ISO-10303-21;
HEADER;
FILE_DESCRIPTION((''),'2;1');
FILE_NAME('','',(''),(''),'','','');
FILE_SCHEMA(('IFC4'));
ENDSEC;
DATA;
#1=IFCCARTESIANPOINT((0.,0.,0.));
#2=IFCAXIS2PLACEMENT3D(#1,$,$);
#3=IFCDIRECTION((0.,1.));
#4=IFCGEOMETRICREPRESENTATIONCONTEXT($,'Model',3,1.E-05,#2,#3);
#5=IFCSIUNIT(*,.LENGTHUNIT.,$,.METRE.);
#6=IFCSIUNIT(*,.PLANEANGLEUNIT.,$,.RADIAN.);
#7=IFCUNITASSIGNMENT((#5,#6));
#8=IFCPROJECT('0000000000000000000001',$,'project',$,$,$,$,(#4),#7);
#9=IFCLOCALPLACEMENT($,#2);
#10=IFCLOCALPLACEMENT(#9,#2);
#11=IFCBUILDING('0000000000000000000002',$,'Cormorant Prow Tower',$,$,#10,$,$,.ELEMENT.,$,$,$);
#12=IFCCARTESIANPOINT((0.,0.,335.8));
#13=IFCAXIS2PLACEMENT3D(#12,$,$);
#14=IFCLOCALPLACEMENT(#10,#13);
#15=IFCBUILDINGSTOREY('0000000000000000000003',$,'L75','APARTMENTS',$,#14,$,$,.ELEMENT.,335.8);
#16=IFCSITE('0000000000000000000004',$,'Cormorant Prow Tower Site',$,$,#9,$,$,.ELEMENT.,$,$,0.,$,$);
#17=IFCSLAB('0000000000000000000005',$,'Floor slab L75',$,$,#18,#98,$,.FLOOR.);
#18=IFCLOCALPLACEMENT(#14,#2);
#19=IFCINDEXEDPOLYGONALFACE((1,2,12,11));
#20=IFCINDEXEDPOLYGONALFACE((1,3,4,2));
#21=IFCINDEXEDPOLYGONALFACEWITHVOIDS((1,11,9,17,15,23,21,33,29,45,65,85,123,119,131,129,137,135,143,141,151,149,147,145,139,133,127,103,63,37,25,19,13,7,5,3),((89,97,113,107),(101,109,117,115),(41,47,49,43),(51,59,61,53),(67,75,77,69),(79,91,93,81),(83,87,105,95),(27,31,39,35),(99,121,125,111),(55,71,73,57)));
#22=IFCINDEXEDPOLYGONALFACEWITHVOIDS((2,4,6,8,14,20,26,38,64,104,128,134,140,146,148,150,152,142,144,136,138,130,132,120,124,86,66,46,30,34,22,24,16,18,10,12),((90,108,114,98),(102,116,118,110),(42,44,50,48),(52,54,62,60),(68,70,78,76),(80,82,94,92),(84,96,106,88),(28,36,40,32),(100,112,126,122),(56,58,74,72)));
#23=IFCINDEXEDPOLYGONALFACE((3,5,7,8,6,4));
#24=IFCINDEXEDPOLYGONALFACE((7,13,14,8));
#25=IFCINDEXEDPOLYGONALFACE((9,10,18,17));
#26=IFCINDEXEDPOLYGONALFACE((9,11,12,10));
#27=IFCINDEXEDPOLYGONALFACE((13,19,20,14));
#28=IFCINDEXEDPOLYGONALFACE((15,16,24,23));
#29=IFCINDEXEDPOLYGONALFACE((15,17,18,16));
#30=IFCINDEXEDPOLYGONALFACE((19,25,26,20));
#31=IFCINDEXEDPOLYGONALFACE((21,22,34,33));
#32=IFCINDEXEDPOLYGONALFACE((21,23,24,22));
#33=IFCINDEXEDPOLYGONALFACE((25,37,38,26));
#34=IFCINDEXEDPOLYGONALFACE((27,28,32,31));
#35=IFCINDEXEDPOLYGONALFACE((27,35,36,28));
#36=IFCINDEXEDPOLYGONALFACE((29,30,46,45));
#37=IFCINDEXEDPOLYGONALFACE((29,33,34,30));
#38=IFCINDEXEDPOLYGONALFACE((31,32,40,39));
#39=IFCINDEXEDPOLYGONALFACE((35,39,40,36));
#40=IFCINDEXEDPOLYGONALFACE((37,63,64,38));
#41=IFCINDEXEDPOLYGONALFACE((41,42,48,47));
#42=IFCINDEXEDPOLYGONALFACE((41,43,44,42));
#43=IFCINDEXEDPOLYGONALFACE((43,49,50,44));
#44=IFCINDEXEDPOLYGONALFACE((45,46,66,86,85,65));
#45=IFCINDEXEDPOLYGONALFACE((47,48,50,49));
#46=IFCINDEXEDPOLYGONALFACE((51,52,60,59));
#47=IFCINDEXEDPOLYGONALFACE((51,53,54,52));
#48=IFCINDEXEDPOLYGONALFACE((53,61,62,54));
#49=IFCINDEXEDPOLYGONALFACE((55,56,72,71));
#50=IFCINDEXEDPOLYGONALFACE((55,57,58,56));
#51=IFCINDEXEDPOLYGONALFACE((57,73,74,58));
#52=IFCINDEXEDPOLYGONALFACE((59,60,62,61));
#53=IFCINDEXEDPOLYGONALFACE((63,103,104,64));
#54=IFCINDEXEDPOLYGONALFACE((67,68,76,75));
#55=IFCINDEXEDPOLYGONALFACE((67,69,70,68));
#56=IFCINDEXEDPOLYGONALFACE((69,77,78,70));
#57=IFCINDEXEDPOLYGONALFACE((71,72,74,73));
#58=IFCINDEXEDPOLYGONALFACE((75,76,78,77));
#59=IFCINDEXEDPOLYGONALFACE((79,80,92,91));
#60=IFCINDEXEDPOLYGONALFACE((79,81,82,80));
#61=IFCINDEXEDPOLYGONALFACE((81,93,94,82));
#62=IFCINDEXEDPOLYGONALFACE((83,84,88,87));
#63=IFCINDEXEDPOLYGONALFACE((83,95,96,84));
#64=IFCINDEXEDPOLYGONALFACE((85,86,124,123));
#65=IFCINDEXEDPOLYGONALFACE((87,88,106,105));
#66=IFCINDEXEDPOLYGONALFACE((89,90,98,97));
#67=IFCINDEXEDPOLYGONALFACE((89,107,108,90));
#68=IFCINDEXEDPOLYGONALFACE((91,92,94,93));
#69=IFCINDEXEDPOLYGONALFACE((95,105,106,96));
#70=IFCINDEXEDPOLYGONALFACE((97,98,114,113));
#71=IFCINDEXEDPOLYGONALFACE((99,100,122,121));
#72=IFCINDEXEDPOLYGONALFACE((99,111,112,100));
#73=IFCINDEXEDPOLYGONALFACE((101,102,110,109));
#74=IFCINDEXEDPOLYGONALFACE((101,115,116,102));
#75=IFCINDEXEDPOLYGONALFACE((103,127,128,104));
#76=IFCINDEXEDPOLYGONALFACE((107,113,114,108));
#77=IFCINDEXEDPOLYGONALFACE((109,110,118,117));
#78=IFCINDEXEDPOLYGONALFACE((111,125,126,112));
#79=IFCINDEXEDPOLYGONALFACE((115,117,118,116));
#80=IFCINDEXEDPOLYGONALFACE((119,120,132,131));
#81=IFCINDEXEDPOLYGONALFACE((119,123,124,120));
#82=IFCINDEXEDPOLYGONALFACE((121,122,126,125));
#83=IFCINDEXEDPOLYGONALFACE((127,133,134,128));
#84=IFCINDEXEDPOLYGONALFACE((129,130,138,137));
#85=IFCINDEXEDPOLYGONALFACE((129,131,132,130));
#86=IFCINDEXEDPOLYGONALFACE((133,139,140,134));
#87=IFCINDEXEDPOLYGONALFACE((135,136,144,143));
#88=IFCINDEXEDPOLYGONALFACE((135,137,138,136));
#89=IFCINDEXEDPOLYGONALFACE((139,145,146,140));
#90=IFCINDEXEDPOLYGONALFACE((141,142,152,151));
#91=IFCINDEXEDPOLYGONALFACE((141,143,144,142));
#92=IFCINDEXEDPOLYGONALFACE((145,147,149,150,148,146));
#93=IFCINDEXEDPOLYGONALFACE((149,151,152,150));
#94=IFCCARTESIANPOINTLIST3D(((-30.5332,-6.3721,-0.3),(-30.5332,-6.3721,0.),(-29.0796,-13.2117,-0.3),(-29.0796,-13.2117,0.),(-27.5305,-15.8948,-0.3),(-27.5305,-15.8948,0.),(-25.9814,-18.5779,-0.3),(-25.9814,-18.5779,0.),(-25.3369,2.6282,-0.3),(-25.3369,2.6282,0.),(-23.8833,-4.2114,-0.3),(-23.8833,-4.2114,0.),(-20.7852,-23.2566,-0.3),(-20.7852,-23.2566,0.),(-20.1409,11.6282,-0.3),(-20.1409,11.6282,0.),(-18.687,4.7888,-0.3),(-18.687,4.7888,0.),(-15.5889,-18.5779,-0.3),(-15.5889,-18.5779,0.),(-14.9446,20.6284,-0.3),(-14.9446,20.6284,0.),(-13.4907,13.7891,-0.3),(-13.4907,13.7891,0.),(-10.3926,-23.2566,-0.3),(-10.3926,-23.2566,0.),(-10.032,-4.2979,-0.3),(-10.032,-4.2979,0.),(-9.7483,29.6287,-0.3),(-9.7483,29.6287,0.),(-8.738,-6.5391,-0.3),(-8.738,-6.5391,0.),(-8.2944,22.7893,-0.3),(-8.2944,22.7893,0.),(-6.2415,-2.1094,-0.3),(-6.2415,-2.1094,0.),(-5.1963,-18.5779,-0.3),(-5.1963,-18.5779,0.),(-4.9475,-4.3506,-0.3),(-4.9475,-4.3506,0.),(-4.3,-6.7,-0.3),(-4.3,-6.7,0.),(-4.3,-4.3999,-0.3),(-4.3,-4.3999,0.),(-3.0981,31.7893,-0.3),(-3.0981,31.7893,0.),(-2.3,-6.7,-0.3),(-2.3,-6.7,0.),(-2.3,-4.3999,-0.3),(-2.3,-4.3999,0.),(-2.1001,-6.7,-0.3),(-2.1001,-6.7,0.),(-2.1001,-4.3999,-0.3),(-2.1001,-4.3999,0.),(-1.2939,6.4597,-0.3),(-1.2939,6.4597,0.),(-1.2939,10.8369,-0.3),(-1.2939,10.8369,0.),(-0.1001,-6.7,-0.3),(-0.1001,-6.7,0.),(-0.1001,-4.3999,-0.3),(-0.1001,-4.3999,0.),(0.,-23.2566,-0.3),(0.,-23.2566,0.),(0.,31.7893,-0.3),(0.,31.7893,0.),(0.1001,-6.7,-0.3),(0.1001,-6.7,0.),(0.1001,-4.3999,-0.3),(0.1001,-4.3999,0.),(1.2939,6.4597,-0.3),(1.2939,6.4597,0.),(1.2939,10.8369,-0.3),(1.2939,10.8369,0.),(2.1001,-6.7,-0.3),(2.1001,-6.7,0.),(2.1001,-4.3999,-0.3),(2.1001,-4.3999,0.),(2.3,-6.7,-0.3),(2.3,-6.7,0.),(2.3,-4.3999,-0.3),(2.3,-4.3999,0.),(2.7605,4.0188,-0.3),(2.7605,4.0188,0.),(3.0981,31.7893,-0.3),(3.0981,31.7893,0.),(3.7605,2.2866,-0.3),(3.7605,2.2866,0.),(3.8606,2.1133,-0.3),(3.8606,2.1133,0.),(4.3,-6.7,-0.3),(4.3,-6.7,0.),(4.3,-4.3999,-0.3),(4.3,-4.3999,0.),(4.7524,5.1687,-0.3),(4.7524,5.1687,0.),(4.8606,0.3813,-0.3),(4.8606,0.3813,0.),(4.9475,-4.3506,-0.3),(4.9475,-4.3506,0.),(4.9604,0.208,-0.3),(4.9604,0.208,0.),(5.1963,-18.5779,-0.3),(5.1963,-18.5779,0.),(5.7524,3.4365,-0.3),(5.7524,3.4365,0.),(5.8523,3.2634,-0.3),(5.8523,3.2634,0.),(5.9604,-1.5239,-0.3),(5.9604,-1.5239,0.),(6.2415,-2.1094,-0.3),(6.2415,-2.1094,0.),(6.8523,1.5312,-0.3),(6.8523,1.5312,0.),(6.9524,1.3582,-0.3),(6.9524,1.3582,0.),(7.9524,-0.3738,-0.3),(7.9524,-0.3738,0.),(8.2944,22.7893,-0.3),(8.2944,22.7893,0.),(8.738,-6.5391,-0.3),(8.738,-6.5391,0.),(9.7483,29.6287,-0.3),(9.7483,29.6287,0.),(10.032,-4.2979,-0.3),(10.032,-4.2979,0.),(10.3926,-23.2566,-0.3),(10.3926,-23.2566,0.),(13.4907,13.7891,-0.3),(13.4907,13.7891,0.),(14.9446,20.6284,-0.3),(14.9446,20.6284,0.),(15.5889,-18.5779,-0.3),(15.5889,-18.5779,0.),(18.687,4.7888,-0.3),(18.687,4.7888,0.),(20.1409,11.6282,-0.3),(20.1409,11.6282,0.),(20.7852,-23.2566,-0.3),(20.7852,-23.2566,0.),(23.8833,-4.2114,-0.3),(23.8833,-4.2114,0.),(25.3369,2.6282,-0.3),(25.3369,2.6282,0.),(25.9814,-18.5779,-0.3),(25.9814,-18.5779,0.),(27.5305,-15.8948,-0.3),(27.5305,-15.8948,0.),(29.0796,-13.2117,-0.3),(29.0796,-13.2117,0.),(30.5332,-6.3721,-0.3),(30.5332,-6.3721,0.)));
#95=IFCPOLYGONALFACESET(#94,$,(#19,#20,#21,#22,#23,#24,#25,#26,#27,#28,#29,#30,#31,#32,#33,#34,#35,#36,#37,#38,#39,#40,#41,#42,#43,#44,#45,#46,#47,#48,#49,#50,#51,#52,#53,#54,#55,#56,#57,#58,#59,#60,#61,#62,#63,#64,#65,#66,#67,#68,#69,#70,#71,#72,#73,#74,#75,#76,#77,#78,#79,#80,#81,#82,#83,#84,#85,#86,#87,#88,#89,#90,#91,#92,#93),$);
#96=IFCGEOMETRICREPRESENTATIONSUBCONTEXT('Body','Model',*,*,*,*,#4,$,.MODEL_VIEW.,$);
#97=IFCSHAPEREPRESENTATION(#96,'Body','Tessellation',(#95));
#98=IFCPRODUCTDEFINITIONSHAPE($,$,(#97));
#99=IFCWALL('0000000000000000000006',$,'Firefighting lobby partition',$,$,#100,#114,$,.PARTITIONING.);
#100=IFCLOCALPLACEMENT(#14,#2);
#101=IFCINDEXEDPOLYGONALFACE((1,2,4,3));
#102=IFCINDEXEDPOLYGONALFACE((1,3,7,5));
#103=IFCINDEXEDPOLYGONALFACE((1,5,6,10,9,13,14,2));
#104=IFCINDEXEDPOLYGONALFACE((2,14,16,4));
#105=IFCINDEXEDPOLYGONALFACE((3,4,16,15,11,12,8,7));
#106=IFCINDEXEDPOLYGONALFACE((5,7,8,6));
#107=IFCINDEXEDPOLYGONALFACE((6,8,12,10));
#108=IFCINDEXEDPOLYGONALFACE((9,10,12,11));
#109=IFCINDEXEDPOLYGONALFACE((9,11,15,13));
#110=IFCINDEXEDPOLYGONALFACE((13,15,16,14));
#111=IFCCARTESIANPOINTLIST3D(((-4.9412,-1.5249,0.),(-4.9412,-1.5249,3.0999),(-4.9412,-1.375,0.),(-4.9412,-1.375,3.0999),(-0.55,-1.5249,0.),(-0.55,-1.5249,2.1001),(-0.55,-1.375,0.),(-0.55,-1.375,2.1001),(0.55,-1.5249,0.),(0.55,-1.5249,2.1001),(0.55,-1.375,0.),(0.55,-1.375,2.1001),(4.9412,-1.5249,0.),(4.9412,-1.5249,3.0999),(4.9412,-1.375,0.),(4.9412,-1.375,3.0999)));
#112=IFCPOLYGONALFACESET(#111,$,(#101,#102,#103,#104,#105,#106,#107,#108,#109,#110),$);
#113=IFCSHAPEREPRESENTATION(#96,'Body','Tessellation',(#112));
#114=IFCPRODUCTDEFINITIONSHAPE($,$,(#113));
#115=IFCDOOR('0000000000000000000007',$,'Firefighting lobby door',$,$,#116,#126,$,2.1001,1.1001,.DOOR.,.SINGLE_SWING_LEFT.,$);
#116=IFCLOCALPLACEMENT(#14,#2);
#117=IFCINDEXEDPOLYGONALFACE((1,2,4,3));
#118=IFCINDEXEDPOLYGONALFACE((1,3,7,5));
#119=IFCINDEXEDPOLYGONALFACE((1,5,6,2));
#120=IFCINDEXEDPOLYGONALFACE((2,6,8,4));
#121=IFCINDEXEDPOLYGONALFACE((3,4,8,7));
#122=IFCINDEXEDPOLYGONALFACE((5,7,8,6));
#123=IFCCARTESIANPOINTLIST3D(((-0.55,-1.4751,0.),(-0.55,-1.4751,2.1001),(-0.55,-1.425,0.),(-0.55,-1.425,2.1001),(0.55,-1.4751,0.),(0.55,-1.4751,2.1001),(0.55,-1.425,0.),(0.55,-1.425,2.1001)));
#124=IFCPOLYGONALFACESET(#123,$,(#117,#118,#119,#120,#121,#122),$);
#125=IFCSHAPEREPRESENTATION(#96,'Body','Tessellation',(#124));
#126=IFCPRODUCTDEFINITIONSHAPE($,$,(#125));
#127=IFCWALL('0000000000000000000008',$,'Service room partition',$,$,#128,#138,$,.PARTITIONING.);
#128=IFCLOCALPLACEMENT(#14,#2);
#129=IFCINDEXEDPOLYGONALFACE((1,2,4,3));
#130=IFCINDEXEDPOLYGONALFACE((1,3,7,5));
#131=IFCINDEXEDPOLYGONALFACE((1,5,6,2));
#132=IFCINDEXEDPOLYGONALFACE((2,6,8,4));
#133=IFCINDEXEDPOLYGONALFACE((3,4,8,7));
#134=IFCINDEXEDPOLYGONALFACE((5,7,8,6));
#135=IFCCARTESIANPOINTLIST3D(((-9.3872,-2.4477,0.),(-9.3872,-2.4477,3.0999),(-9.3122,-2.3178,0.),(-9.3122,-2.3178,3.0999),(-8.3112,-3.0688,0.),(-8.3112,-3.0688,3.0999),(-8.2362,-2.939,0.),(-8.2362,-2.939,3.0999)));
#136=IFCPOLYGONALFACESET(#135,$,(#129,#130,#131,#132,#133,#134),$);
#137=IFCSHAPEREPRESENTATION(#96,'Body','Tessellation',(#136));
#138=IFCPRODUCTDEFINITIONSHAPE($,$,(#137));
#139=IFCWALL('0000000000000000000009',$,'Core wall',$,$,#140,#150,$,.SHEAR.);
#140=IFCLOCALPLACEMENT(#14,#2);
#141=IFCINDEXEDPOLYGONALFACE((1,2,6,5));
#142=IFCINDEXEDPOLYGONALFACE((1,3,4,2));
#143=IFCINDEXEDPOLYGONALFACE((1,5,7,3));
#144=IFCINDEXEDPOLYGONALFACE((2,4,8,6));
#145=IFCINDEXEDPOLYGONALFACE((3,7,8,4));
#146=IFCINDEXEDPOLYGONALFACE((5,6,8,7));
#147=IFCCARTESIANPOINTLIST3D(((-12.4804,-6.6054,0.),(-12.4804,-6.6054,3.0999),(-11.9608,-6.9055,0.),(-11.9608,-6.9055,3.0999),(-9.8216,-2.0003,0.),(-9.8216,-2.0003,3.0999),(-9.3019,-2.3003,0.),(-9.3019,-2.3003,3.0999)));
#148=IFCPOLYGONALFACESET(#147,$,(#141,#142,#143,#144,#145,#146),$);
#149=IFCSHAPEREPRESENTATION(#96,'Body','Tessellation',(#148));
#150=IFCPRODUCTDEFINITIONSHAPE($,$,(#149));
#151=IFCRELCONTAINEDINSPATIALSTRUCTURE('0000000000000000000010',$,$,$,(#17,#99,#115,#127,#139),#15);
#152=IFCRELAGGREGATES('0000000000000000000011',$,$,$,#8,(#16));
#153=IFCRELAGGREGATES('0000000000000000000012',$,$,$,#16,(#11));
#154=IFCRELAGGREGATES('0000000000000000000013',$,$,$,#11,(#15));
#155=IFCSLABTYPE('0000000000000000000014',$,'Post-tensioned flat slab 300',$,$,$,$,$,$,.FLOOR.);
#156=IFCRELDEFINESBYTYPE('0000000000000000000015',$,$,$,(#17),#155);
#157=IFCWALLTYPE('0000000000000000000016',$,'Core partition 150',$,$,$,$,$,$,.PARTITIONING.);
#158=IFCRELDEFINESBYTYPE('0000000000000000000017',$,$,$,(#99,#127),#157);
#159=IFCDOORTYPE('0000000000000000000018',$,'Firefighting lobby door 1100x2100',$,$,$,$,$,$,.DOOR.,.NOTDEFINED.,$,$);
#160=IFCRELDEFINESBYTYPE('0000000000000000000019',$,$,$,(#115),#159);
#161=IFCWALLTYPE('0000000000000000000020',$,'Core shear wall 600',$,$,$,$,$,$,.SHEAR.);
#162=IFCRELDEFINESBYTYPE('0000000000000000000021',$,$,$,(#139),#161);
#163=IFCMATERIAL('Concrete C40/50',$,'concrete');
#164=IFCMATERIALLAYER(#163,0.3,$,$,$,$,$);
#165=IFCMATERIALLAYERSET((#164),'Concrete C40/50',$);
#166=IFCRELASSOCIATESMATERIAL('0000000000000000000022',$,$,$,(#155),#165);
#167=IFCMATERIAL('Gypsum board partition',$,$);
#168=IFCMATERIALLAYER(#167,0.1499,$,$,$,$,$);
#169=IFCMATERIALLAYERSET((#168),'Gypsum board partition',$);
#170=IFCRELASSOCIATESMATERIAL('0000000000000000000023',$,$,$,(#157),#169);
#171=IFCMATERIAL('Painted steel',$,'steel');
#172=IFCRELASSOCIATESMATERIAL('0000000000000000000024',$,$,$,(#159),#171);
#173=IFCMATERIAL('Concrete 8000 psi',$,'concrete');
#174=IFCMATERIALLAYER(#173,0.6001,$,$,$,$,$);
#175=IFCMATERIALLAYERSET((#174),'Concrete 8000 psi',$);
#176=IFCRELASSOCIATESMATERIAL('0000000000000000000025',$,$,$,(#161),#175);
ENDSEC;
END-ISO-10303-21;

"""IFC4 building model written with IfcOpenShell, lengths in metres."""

from ifc_helpers import new_model, si_unit, direction, frame, frame_2d, origin, place, context, subcontext, project, spatial, polyline, rectangle, outline, extrude, material, layer, layer_set, type_object, element, fill, save


model = new_model("IFC4")

# Units and contexts
model_context = context("Model", 3, precision=1e-05, world=origin(), true_north=direction((0.0, 1.0)))
body_context = subcontext(model_context, "Body", "Model", "MODEL_VIEW")
ifc_project = project(units=[si_unit("LENGTHUNIT", "METRE"), si_unit("PLANEANGLEUNIT", "RADIAN")], contexts=[model_context])

# Site, building, storey
site_placement = place(None, origin())
site = spatial("IfcSite", under=ifc_project, at=site_placement, Name="Cormorant Prow Tower Site", CompositionType="ELEMENT", RefElevation=0.0)
building_placement = place(site_placement, origin())
building = spatial("IfcBuilding", under=site, at=building_placement, Name="Cormorant Prow Tower", CompositionType="ELEMENT")
storey_placement = place(building_placement, frame((0.0, 0.0, 335.8)))
storey = spatial("IfcBuildingStorey", under=building, at=storey_placement, Name="L75", Description="APARTMENTS", CompositionType="ELEMENT", Elevation=335.8)

# Slab
ifc_material_1 = material(Name="Concrete C40/50", Category="concrete")
ifc_layer_1 = layer(ifc_material_1, 0.3)
ifc_layer_set_1 = layer_set([ifc_layer_1], Name="Concrete C40/50")
slab_type_1 = type_object("IfcSlabType", Name="Post-tensioned flat slab 300", PredefinedType="FLOOR", material=ifc_layer_set_1)
slab_1_placement = place(storey_placement, frame((0.0, 0.0, -0.3)))
element("IfcSlab", 1, at=slab_1_placement, inside=storey, type_object=slab_type_1, Name="Floor slab L75", PredefinedType="FLOOR", context=body_context, shape_type="SweptSolid", body=[
    extrude(outline(polyline([(-8.2944, 22.7893), (-14.9446, 20.6284), (-13.4907, 13.7891), (-20.1409, 11.6282), (-18.687, 4.7888), (-25.3369, 2.6282), (-23.8833, -4.2114), (-30.5332, -6.3721), (-29.0796, -13.2117), (-27.5305, -15.8948), (-25.9814, -18.5779), (-20.7852, -23.2566), (-15.5889, -18.5779), (-10.3926, -23.2566), (-5.1963, -18.5779), (0.0, -23.2566), (5.1963, -18.5779), (10.3926, -23.2566), (15.5889, -18.5779), (20.7852, -23.2566), (25.9814, -18.5779), (27.5305, -15.8948), (29.0796, -13.2117), (30.5332, -6.3721), (23.8833, -4.2114), (25.3369, 2.6282), (18.687, 4.7888), (20.1409, 11.6282), (13.4907, 13.7891), (14.9446, 20.6284), (8.2944, 22.7893), (9.7483, 29.6287), (3.0981, 31.7893), (0.0, 31.7893), (-3.0981, 31.7893), (-9.7483, 29.6287), (-8.2944, 22.7893)]), holes=[polyline([(-4.3, -4.3999), (-2.3, -4.3999), (-2.3, -6.7), (-4.3, -6.7), (-4.3, -4.3999)]), polyline([(-0.1001, -4.3999), (-0.1001, -6.7), (-2.1001, -6.7), (-2.1001, -4.3999), (-0.1001, -4.3999)]), polyline([(2.1001, -6.7), (0.1001, -6.7), (0.1001, -4.3999), (2.1001, -4.3999), (2.1001, -6.7)]), polyline([(2.3, -6.7), (2.3, -4.3999), (4.3, -4.3999), (4.3, -6.7), (2.3, -6.7)]), polyline([(5.9604, -1.5239), (4.9604, 0.208), (6.9524, 1.3582), (7.9524, -0.3738), (5.9604, -1.5239)]), polyline([(3.8606, 2.1133), (5.8523, 3.2634), (6.8523, 1.5312), (4.8606, 0.3813), (3.8606, 2.1133)]), polyline([(4.7524, 5.1687), (5.7524, 3.4365), (3.7605, 2.2866), (2.7605, 4.0188), (4.7524, 5.1687)]), polyline([(-4.9475, -4.3506), (-8.738, -6.5391), (-10.032, -4.2979), (-6.2415, -2.1094), (-4.9475, -4.3506)]), polyline([(10.032, -4.2979), (8.738, -6.5391), (4.9475, -4.3506), (6.2415, -2.1094), (10.032, -4.2979)]), polyline([(1.2939, 10.8369), (1.2939, 6.4597), (-1.2939, 6.4597), (-1.2939, 10.8369), (1.2939, 10.8369)])]), origin(), (0.0, 0.0, 1.0), 0.3),
])

# Wall, opening, door
ifc_material_2 = material(Name="Gypsum board partition")
ifc_layer_2 = layer(ifc_material_2, 0.1499)
ifc_layer_set_2 = layer_set([ifc_layer_2], Name="Gypsum board partition")
wall_type_1 = type_object("IfcWallType", Name="Core partition 150", PredefinedType="PARTITIONING", material=ifc_layer_set_2)
wall_1_placement = place(storey_placement, frame((-4.9412, -1.45, 0.0), z_axis=(0.0, 0.0, 1.0), x_axis=(1.0, 0.0, 0.0)))
wall_1 = element("IfcWall", 2, at=wall_1_placement, inside=storey, type_object=wall_type_1, Name="Firefighting lobby partition", PredefinedType="PARTITIONING", context=body_context, shape_type="SweptSolid", body=[
    extrude(rectangle(XDim=9.8823, YDim=0.1499, at=frame_2d((4.9412, 0.0))), origin(), (0.0, 0.0, 1.0), 3.0999),
])
opening_1_placement = place(wall_1_placement, frame((4.3911, 0.0, 0.0)))
opening_1 = element("IfcOpeningElement", 3, at=opening_1_placement, cuts=wall_1, PredefinedType="OPENING", context=body_context, shape_type="SweptSolid", body=[
    extrude(rectangle(XDim=1.1001, YDim=2.1001, at=frame_2d((0.55, 1.05))), frame((0.0, 0.085, 0.0), z_axis=(0.0, -1.0, 0.0), x_axis=(1.0, 0.0, 0.0)), (0.0, 0.0, 1.0), 0.1699),
])
ifc_material_3 = material(Name="Painted steel", Category="steel")
door_type_1 = type_object("IfcDoorType", Name="Firefighting lobby door 1100x2100", OperationType="NOTDEFINED", PredefinedType="DOOR", material=ifc_material_3)
door_1_placement = place(opening_1_placement, origin())
door_1 = element("IfcDoor", 4, at=door_1_placement, inside=storey, type_object=door_type_1, Name="Firefighting lobby door", OperationType="SINGLE_SWING_LEFT", OverallHeight=2.1001, OverallWidth=1.1001, PredefinedType="DOOR", context=body_context, shape_type="SweptSolid", body=[
    extrude(rectangle(XDim=1.1001, YDim=2.1001, at=frame_2d((0.55, 1.05))), frame((0.0, 0.0249, 0.0), z_axis=(0.0, -1.0, 0.0), x_axis=(1.0, 0.0, 0.0)), (0.0, 0.0, 1.0), 0.05),
])
fill(opening_1, door_1)

# Walls
wall_2_placement = place(storey_placement, frame((-9.3496, -2.3828, 0.0), z_axis=(0.0, 0.0, 1.0), x_axis=(0.866058, -0.499944, 0.0)))
element("IfcWall", 5, at=wall_2_placement, inside=storey, type_object=wall_type_1, Name="Service room partition", PredefinedType="PARTITIONING", context=body_context, shape_type="SweptSolid", body=[
    extrude(rectangle(XDim=1.2424, YDim=0.1499, at=frame_2d((0.6211, 0.0))), origin(), (0.0, 0.0, 1.0), 3.0999),
])
ifc_material_4 = material(Name="Concrete 8000 psi", Category="concrete")
ifc_layer_3 = layer(ifc_material_4, 0.6001)
ifc_layer_set_3 = layer_set([ifc_layer_3], Name="Concrete 8000 psi")
wall_type_2 = type_object("IfcWallType", Name="Core shear wall 600", PredefinedType="SHEAR", material=ifc_layer_set_3)
wall_3_placement = place(storey_placement, frame((-9.5618, -2.1504, 0.0), z_axis=(0.0, 0.0, 1.0), x_axis=(-0.500015, -0.866017, 0.0)))
element("IfcWall", 6, at=wall_3_placement, inside=storey, type_object=wall_type_2, Name="Core wall", PredefinedType="SHEAR", context=body_context, shape_type="SweptSolid", body=[
    extrude(rectangle(XDim=5.3176, YDim=0.6001, at=frame_2d((2.6587, 0.0))), origin(), (0.0, 0.0, 1.0), 3.0999),
])

save(model, "model.ifc")
